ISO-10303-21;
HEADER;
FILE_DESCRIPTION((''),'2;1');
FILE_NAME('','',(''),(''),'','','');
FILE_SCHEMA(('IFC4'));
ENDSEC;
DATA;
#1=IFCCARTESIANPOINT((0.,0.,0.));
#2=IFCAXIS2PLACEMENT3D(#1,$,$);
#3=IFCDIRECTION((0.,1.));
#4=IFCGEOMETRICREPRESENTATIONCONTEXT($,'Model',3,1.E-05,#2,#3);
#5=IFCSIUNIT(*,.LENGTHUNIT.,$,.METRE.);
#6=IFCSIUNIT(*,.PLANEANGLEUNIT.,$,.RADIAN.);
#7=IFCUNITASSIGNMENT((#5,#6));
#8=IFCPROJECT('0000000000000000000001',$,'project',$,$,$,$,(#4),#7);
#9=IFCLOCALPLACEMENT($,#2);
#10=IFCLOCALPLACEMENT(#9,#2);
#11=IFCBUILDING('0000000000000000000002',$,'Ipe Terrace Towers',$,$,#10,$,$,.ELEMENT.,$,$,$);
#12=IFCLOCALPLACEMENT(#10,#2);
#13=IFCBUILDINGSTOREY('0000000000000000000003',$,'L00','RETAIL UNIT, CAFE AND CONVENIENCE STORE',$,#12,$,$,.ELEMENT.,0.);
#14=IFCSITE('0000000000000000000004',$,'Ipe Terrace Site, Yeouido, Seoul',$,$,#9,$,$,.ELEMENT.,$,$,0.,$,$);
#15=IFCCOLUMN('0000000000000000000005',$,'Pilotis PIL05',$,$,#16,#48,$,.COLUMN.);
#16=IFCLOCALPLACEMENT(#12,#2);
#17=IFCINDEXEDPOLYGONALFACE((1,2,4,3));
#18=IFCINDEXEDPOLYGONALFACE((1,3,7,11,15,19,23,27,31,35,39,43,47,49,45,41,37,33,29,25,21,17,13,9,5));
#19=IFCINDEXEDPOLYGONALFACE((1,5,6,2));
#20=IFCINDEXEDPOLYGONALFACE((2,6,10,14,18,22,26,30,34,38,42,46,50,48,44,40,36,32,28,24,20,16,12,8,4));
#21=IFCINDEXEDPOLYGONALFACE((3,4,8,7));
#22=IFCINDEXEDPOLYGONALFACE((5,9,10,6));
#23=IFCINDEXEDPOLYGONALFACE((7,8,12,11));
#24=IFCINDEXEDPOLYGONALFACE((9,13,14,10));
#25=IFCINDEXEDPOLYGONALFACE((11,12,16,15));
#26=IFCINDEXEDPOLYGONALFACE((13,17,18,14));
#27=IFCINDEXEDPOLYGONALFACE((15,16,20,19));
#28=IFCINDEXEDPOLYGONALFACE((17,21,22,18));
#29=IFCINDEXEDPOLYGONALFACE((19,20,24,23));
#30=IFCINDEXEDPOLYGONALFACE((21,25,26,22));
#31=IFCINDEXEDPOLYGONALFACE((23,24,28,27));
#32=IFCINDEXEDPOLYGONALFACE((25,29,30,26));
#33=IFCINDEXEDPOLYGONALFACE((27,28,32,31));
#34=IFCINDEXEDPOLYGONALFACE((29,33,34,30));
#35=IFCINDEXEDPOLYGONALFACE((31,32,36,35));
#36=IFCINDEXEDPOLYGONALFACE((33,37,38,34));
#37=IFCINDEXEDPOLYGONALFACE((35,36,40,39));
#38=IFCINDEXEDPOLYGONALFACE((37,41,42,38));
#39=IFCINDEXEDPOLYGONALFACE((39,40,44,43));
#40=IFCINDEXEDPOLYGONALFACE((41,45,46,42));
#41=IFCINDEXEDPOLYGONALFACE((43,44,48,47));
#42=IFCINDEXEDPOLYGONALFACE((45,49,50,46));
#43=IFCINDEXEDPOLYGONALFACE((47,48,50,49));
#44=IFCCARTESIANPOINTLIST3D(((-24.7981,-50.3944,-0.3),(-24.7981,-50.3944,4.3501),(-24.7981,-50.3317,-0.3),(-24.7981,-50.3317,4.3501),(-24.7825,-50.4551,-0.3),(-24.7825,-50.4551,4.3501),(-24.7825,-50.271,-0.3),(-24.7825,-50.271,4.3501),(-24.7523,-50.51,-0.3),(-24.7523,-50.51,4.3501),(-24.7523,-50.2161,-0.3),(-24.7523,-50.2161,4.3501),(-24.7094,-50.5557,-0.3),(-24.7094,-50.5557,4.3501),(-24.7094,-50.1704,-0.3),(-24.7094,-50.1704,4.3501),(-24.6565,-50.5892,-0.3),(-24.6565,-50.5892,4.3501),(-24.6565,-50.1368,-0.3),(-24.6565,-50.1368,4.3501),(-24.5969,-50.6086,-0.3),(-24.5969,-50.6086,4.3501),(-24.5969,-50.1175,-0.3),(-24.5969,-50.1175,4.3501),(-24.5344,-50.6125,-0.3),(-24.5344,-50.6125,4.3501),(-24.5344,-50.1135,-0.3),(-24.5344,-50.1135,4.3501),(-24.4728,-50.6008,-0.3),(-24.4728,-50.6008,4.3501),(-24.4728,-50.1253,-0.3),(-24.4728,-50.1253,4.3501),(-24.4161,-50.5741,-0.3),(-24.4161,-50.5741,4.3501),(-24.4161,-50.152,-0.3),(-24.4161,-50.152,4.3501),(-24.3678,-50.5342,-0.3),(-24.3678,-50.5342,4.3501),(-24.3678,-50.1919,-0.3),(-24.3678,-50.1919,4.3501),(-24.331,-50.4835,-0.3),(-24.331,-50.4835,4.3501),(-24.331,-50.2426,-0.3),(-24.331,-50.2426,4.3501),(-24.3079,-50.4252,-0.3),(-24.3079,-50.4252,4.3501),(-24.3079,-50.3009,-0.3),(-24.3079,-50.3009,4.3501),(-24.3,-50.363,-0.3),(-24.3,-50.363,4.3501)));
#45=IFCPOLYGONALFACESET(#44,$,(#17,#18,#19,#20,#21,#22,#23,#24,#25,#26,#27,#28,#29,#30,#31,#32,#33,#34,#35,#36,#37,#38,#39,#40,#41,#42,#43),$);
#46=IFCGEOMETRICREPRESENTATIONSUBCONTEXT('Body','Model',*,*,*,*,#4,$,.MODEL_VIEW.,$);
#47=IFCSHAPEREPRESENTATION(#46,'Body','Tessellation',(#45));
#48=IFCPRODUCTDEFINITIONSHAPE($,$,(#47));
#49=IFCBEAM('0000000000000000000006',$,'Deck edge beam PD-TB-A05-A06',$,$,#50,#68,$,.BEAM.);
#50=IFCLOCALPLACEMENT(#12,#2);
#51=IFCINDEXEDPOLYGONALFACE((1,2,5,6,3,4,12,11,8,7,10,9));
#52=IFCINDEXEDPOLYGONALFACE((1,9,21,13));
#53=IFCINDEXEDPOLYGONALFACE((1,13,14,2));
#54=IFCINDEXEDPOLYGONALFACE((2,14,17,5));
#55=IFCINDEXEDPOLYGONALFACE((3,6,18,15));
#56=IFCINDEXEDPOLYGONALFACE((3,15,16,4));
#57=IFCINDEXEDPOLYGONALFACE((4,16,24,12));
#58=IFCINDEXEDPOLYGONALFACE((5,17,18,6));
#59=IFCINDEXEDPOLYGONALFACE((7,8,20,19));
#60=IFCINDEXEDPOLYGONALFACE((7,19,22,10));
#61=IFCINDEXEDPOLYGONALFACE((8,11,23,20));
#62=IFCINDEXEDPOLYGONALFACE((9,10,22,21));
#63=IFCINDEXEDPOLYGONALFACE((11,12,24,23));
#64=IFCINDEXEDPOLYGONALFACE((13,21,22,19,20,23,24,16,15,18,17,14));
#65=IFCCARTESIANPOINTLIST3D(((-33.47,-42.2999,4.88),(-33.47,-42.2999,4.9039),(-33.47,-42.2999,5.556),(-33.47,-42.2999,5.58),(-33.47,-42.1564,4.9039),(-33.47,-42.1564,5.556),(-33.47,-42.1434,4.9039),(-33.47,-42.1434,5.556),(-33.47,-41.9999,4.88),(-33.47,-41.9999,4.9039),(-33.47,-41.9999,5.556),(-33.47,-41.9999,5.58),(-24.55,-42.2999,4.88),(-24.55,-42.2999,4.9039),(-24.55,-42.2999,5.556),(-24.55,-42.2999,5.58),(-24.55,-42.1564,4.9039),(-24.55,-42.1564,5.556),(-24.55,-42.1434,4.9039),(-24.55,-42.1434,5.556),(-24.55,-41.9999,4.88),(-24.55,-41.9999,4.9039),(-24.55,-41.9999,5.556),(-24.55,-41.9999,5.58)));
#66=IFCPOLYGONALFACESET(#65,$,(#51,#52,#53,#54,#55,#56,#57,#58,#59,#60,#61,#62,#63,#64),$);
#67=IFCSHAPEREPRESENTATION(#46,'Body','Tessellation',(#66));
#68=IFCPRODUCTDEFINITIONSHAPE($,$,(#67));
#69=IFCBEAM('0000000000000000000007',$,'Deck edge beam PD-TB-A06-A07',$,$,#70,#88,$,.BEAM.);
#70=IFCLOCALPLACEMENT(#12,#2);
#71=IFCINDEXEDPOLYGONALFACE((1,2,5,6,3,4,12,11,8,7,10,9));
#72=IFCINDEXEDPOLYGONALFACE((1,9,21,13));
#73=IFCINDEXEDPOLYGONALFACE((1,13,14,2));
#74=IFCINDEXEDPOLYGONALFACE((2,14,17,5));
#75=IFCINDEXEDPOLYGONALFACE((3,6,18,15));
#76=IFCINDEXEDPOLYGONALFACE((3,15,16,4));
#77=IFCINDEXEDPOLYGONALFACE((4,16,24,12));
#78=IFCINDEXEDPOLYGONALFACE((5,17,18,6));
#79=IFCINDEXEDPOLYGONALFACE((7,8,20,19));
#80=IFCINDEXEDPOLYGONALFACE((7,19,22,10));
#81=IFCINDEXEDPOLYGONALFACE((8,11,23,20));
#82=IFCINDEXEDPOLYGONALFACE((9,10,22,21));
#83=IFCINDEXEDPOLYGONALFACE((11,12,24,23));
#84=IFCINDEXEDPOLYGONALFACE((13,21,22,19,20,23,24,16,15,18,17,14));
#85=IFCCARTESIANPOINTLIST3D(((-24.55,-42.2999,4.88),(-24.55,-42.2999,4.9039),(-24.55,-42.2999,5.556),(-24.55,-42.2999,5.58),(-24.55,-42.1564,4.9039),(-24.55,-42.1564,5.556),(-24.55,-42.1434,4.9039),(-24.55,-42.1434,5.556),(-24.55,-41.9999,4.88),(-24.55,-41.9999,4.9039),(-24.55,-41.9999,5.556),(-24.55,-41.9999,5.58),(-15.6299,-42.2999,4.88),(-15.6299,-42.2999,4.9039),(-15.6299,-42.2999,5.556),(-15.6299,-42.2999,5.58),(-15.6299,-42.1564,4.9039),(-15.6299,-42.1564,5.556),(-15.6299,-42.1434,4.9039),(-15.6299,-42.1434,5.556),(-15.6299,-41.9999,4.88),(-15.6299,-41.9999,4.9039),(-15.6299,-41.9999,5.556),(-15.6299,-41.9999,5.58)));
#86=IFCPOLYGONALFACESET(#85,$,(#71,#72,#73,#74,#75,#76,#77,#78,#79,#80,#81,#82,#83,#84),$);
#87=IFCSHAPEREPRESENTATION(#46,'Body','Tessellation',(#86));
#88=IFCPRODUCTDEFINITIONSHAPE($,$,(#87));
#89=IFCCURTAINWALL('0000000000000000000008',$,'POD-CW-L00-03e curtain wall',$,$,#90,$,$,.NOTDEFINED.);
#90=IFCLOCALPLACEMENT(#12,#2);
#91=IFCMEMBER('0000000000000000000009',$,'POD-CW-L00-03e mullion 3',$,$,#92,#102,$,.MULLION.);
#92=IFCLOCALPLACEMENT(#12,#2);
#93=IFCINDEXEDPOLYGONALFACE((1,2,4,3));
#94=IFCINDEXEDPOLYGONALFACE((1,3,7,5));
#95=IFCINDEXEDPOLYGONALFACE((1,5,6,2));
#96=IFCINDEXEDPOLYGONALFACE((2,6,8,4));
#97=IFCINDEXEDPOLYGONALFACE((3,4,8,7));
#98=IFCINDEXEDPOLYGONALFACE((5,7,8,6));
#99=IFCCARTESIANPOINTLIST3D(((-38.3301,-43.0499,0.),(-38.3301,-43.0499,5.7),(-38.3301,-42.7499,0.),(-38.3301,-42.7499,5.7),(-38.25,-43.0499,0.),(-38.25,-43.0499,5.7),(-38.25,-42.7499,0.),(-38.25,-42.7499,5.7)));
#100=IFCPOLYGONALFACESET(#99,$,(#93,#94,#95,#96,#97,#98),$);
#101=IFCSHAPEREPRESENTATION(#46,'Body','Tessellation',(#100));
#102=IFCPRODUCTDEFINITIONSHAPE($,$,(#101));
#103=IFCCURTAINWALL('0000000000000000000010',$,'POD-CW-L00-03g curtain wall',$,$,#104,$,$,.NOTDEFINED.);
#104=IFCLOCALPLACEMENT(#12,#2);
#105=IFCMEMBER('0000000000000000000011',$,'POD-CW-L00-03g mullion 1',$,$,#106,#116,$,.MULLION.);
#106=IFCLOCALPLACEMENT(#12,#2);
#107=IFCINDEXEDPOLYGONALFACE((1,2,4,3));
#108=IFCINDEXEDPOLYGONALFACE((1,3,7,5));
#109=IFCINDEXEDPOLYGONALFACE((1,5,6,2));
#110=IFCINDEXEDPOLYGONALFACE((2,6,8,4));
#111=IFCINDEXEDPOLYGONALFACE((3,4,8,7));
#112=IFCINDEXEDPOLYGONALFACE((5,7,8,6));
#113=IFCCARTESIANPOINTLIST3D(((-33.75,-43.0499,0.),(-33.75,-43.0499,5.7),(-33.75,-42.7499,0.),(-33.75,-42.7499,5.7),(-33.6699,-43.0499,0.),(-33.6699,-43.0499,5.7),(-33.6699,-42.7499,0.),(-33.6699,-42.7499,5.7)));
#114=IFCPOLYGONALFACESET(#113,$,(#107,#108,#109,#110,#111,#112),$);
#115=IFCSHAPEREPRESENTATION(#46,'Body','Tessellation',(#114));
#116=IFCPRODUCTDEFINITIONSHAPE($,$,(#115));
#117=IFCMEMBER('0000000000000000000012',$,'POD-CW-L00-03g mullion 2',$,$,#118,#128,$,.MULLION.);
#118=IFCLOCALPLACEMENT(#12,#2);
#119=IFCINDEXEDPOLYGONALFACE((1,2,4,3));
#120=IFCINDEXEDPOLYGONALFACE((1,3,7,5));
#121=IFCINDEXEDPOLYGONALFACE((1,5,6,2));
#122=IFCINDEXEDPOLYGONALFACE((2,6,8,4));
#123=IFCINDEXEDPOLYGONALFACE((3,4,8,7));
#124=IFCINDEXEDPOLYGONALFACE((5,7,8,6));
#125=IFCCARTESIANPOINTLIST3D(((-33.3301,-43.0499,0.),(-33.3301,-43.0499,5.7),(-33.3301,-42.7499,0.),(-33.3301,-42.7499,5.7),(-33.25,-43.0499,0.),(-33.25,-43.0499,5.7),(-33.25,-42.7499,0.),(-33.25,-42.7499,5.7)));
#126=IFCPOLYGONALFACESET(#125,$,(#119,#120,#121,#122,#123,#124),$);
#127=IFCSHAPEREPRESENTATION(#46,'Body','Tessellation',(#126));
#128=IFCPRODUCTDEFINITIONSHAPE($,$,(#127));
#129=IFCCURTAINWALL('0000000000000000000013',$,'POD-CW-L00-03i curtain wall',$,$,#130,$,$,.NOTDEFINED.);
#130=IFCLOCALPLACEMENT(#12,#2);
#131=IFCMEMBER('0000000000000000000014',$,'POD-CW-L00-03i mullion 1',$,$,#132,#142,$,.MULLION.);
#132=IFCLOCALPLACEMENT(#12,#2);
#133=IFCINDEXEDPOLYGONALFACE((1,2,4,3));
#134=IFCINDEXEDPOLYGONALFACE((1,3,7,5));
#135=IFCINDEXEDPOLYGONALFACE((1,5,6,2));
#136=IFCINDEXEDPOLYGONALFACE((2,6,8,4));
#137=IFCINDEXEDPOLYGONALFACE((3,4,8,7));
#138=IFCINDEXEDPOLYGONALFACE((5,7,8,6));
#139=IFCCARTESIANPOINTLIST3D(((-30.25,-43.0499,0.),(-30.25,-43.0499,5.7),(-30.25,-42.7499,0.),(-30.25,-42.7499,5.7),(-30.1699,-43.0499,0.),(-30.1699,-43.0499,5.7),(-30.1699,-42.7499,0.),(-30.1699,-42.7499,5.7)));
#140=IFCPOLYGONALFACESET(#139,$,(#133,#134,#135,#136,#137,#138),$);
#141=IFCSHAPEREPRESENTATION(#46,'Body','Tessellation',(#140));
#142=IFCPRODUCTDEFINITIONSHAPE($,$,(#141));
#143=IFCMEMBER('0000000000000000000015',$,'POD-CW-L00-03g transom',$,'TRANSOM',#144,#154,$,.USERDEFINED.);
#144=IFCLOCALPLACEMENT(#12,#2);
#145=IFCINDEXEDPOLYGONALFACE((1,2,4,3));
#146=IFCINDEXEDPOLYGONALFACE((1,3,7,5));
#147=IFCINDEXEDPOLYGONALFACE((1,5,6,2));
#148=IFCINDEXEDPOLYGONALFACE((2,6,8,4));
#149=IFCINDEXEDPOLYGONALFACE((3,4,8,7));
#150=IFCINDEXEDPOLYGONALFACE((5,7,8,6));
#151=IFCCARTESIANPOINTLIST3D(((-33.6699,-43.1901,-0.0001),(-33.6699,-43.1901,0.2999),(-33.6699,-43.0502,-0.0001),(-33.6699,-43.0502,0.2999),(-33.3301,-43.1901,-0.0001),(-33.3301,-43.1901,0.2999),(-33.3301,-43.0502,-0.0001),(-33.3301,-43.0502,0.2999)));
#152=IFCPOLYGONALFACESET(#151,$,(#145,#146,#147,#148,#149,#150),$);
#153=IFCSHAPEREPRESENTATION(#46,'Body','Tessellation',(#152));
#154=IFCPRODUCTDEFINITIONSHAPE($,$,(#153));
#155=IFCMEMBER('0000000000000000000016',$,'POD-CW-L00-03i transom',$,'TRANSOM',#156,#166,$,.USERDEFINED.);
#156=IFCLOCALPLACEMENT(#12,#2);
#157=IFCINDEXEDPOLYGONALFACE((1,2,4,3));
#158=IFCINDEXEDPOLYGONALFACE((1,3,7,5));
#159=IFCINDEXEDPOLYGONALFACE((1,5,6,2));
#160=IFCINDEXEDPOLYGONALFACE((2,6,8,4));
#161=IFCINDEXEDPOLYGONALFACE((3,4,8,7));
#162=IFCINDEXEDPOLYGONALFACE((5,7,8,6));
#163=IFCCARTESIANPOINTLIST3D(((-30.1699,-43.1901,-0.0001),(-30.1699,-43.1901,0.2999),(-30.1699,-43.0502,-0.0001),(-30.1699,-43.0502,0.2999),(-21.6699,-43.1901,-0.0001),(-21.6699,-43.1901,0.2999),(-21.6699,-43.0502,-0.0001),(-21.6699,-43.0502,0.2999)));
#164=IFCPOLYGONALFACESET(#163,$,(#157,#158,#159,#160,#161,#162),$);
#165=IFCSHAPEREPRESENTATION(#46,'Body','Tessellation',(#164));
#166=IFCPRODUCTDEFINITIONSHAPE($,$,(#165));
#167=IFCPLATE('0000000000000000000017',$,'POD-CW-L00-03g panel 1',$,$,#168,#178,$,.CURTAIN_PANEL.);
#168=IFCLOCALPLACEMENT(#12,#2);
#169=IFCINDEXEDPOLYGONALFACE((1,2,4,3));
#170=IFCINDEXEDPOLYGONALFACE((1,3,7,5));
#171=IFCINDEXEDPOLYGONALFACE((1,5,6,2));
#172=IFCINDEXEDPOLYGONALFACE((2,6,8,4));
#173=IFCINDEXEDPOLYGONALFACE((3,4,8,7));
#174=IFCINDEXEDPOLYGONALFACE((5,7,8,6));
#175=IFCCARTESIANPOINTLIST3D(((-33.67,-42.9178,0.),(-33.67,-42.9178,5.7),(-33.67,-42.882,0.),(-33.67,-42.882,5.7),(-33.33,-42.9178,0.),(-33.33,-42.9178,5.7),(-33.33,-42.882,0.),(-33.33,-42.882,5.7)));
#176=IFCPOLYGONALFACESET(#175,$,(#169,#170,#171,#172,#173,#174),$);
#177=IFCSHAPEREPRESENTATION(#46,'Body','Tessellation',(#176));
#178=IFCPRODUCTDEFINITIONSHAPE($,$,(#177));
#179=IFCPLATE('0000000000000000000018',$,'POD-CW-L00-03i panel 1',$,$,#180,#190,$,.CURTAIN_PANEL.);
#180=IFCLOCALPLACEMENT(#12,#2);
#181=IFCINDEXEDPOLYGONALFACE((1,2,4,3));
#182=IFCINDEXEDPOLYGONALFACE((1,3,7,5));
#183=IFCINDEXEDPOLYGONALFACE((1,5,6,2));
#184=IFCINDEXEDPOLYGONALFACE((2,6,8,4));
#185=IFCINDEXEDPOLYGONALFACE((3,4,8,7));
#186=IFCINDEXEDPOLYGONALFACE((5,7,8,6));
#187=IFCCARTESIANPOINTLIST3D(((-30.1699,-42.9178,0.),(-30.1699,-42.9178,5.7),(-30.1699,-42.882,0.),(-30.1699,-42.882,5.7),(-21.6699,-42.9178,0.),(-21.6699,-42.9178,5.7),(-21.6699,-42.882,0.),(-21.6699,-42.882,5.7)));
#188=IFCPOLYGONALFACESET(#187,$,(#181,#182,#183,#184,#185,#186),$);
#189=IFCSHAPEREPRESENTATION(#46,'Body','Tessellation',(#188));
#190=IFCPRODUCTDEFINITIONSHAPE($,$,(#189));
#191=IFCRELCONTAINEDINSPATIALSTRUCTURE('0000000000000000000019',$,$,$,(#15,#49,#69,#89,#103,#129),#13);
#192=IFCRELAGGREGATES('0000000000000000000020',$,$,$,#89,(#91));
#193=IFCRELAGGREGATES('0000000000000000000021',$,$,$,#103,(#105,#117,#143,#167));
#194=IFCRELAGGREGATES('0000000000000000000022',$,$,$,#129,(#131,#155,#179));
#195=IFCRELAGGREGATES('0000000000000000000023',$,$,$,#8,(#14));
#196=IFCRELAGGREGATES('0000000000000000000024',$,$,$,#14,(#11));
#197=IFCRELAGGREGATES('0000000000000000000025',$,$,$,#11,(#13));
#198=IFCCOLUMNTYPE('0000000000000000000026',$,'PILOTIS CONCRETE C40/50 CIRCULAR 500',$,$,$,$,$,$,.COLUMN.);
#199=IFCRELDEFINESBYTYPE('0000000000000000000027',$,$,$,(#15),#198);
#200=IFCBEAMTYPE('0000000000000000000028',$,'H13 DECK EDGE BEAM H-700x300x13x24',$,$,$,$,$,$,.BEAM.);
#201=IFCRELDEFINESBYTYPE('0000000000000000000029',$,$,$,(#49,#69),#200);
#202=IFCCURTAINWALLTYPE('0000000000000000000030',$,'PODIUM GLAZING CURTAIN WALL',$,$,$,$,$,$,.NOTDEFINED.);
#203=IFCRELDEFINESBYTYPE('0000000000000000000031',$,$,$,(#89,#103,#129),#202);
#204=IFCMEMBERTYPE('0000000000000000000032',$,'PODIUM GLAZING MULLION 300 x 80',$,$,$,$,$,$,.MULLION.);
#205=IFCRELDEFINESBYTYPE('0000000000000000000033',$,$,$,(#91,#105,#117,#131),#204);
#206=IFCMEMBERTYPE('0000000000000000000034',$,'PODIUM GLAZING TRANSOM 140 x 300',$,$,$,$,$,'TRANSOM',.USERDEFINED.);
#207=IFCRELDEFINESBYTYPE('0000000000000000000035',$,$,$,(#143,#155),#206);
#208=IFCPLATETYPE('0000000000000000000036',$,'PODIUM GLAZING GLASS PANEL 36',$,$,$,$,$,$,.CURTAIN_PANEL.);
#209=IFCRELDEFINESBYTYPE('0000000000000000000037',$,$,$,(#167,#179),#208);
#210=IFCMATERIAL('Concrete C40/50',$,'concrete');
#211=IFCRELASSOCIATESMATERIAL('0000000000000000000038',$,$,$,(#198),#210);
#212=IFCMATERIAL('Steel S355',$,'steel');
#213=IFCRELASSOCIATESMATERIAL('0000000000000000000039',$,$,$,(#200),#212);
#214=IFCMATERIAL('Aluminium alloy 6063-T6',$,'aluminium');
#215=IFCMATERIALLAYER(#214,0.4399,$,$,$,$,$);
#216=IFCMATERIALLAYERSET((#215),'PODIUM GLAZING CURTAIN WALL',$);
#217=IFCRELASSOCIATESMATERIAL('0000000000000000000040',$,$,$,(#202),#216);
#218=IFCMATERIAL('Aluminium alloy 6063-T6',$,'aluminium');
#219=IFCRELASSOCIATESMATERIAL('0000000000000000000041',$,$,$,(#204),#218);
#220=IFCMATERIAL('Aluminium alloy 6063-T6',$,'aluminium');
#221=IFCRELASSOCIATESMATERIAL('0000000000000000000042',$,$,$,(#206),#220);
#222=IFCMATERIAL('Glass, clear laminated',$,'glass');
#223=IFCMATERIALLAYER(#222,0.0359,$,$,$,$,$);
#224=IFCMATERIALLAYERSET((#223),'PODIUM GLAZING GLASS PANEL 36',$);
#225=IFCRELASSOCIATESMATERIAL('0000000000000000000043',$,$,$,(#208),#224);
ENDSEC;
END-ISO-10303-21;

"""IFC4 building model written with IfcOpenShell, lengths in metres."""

from ifc_helpers import new_model, si_unit, direction, frame, origin, origin_2d, place, context, subcontext, project, spatial, rectangle, circle, i_section, extrude, material, layer, layer_set, material_profile, profile_set, type_object, element, aggregate, save


model = new_model("IFC4")

# Units and contexts
model_context = context("Model", 3, precision=1e-05, world=origin(), true_north=direction((0.0, 1.0)))
body_context = subcontext(model_context, "Body", "Model", "MODEL_VIEW")
ifc_project = project(units=[si_unit("LENGTHUNIT", "METRE"), si_unit("PLANEANGLEUNIT", "RADIAN")], contexts=[model_context])

# Site, building, storey
site_placement = place(None, origin())
site = spatial("IfcSite", under=ifc_project, at=site_placement, Name="Ipe Terrace Site, Yeouido, Seoul", CompositionType="ELEMENT", RefElevation=0.0)
building_placement = place(site_placement, origin())
building = spatial("IfcBuilding", under=site, at=building_placement, Name="Ipe Terrace Towers", CompositionType="ELEMENT")
storey_placement = place(building_placement, origin())
storey = spatial("IfcBuildingStorey", under=building, at=storey_placement, Name="L00", Description="RETAIL UNIT, CAFE AND CONVENIENCE STORE", CompositionType="ELEMENT", Elevation=0.0)

# Column
ifc_material_1 = material(Name="Concrete C40/50", Category="concrete")
ifc_material_profile_1 = material_profile(ifc_material_1, circle(Radius=0.25, at=origin_2d()), Name="PILOTIS CONCRETE C40/50 CIRCULAR 500")
ifc_profile_set_1 = profile_set([ifc_material_profile_1], Name="Concrete C40/50")
column_type_1 = type_object("IfcColumnType", Name="PILOTIS CONCRETE C40/50 CIRCULAR 500", PredefinedType="COLUMN", material=ifc_profile_set_1)
for number, where, z_axis, x_axis, name in (
    (1, (-24.55, -50.363, -0.3), (0.0, 0.0, 1.0), (1.0, 0.0, 0.0), "Pilotis PIL05"),
):
    element("IfcColumn", number, at=place(storey_placement, frame(where, z_axis=z_axis, x_axis=x_axis)), inside=storey, type_object=column_type_1, Name=name, PredefinedType="COLUMN", context=body_context, shape_type="SweptSolid", body=[
        extrude(circle(Radius=0.25, at=origin_2d()), origin(), (0.0, 0.0, 1.0), 4.6501),
    ])

# Beams
ifc_material_2 = material(Name="Steel S355", Category="steel")
ifc_material_profile_2 = material_profile(ifc_material_2, i_section(OverallWidth=0.3, OverallDepth=0.7, WebThickness=0.0129, FlangeThickness=0.0239, at=origin_2d()), Name="H-700x300x13x24")
ifc_profile_set_2 = profile_set([ifc_material_profile_2], Name="Steel S355")
beam_type = type_object("IfcBeamType", Name="H13 DECK EDGE BEAM H-700x300x13x24", PredefinedType="BEAM", material=ifc_profile_set_2)
beam_1_placement = place(storey_placement, frame((-33.47, -42.1499, 5.23), z_axis=(1.0, 0.0, 0.0), x_axis=(0.0, 1.0, 0.0)))
element("IfcBeam", 2, at=beam_1_placement, inside=storey, type_object=beam_type, Name="Deck edge beam PD-TB-A05-A06", PredefinedType="BEAM", context=body_context, shape_type="SweptSolid", body=[
    extrude(i_section(OverallWidth=0.3, OverallDepth=0.7, WebThickness=0.0129, FlangeThickness=0.0239, at=origin_2d()), origin(), (0.0, 0.0, 1.0), 8.9199),
])
beam_2_placement = place(storey_placement, frame((-24.55, -42.1499, 5.23), z_axis=(1.0, 0.0, 0.0), x_axis=(0.0, 1.0, 0.0)))
element("IfcBeam", 3, at=beam_2_placement, inside=storey, type_object=beam_type, Name="Deck edge beam PD-TB-A06-A07", PredefinedType="BEAM", context=body_context, shape_type="SweptSolid", body=[
    extrude(i_section(OverallWidth=0.3, OverallDepth=0.7, WebThickness=0.0129, FlangeThickness=0.0239, at=origin_2d()), origin(), (0.0, 0.0, 1.0), 8.9202),
])

# Curtain wall, member
ifc_material_3 = material(Name="Aluminium alloy 6063-T6", Category="aluminium")
ifc_layer_1 = layer(ifc_material_3, 0.4399)
ifc_layer_set_1 = layer_set([ifc_layer_1], Name="PODIUM GLAZING CURTAIN WALL")
curtain_wall_type = type_object("IfcCurtainWallType", Name="PODIUM GLAZING CURTAIN WALL", PredefinedType="NOTDEFINED", material=ifc_layer_set_1)
curtain_wall_1_placement = place(storey_placement, origin())
curtain_wall_1 = element("IfcCurtainWall", 4, at=curtain_wall_1_placement, inside=storey, type_object=curtain_wall_type, Name="POD-CW-L00-03e curtain wall", PredefinedType="NOTDEFINED")
ifc_material_4 = material(Name="Aluminium alloy 6063-T6", Category="aluminium")
ifc_material_profile_3 = material_profile(ifc_material_4, rectangle(XDim=0.3, YDim=0.0801, at=origin_2d()), Name="PODIUM GLAZING MULLION 300 x 80")
ifc_profile_set_3 = profile_set([ifc_material_profile_3], Name="Aluminium alloy 6063-T6")
member_type_1 = type_object("IfcMemberType", Name="PODIUM GLAZING MULLION 300 x 80", PredefinedType="MULLION", material=ifc_profile_set_3)
member_1_placement = place(storey_placement, frame((-38.29, -42.8999, 0.0), z_axis=(0.0, 0.0, 1.0), x_axis=(0.0, -1.0, 0.0)))
member_1 = element("IfcMember", 5, at=member_1_placement, type_object=member_type_1, Name="POD-CW-L00-03e mullion 3", PredefinedType="MULLION", context=body_context, shape_type="SweptSolid", body=[
    extrude(rectangle(XDim=0.3, YDim=0.0801, at=origin_2d()), origin(), (0.0, 0.0, 1.0), 5.7),
])
aggregate(curtain_wall_1, [member_1])

# Curtain wall, members
curtain_wall_2_placement = place(storey_placement, origin())
curtain_wall_2 = element("IfcCurtainWall", 6, at=curtain_wall_2_placement, inside=storey, type_object=curtain_wall_type, Name="POD-CW-L00-03g curtain wall", PredefinedType="NOTDEFINED")
member_2_placement = place(storey_placement, frame((-33.71, -42.8999, 0.0), z_axis=(0.0, 0.0, 1.0), x_axis=(0.0, -1.0, 0.0)))
member_2 = element("IfcMember", 7, at=member_2_placement, type_object=member_type_1, Name="POD-CW-L00-03g mullion 1", PredefinedType="MULLION", context=body_context, shape_type="SweptSolid", body=[
    extrude(rectangle(XDim=0.3, YDim=0.0801, at=origin_2d()), origin(), (0.0, 0.0, 1.0), 5.7),
])
member_3_placement = place(storey_placement, frame((-33.29, -42.8999, 0.0), z_axis=(0.0, 0.0, 1.0), x_axis=(0.0, -1.0, 0.0)))
member_3 = element("IfcMember", 8, at=member_3_placement, type_object=member_type_1, Name="POD-CW-L00-03g mullion 2", PredefinedType="MULLION", context=body_context, shape_type="SweptSolid", body=[
    extrude(rectangle(XDim=0.3, YDim=0.0801, at=origin_2d()), origin(), (0.0, 0.0, 1.0), 5.7),
])

# Curtain wall, member
curtain_wall_3_placement = place(storey_placement, origin())
curtain_wall_3 = element("IfcCurtainWall", 9, at=curtain_wall_3_placement, inside=storey, type_object=curtain_wall_type, Name="POD-CW-L00-03i curtain wall", PredefinedType="NOTDEFINED")
member_4_placement = place(storey_placement, frame((-30.21, -42.8999, 0.0), z_axis=(0.0, 0.0, 1.0), x_axis=(0.0, -1.0, 0.0)))
member_4 = element("IfcMember", 10, at=member_4_placement, type_object=member_type_1, Name="POD-CW-L00-03i mullion 1", PredefinedType="MULLION", context=body_context, shape_type="SweptSolid", body=[
    extrude(rectangle(XDim=0.3, YDim=0.0801, at=origin_2d()), origin(), (0.0, 0.0, 1.0), 5.7),
])

# Members
ifc_material_5 = material(Name="Aluminium alloy 6063-T6", Category="aluminium")
ifc_material_profile_4 = material_profile(ifc_material_5, rectangle(XDim=0.1399, YDim=0.3, at=origin_2d()), Name="PODIUM GLAZING TRANSOM 140 x 300")
ifc_profile_set_4 = profile_set([ifc_material_profile_4], Name="Aluminium alloy 6063-T6")
member_type_2 = type_object("IfcMemberType", Name="PODIUM GLAZING TRANSOM 140 x 300", ElementType="TRANSOM", PredefinedType="USERDEFINED", material=ifc_profile_set_4)
member_5_placement = place(storey_placement, frame((-33.6699, -43.1201, 0.1499), z_axis=(1.0, 0.0, 0.0), x_axis=(0.0, -1.0, 0.0)))
member_5 = element("IfcMember", 11, at=member_5_placement, type_object=member_type_2, Name="POD-CW-L00-03g transom", ObjectType="TRANSOM", PredefinedType="USERDEFINED", context=body_context, shape_type="SweptSolid", body=[
    extrude(rectangle(XDim=0.1399, YDim=0.3, at=origin_2d()), origin(), (0.0, 0.0, 1.0), 0.3398),
])
member_6_placement = place(storey_placement, frame((-30.1699, -43.1201, 0.1499), z_axis=(1.0, 0.0, 0.0), x_axis=(0.0, -1.0, 0.0)))
member_6 = element("IfcMember", 12, at=member_6_placement, type_object=member_type_2, Name="POD-CW-L00-03i transom", ObjectType="TRANSOM", PredefinedType="USERDEFINED", context=body_context, shape_type="SweptSolid", body=[
    extrude(rectangle(XDim=0.1399, YDim=0.3, at=origin_2d()), origin(), (0.0, 0.0, 1.0), 8.5),
])

# Plates
ifc_material_6 = material(Name="Glass, clear laminated", Category="glass")
ifc_layer_2 = layer(ifc_material_6, 0.0359)
ifc_layer_set_2 = layer_set([ifc_layer_2], Name="PODIUM GLAZING GLASS PANEL 36")
plate_type = type_object("IfcPlateType", Name="PODIUM GLAZING GLASS PANEL 36", PredefinedType="CURTAIN_PANEL", material=ifc_layer_set_2)
plate_1_placement = place(storey_placement, frame((-33.5, -42.8999, 0.0), z_axis=(0.0, 0.0, 1.0), x_axis=(1.0, 0.0, 0.0)))
plate_1 = element("IfcPlate", 13, at=plate_1_placement, type_object=plate_type, Name="POD-CW-L00-03g panel 1", PredefinedType="CURTAIN_PANEL", context=body_context, shape_type="SweptSolid", body=[
    extrude(rectangle(XDim=0.3401, YDim=0.0359, at=origin_2d()), origin(), (0.0, 0.0, 1.0), 5.7),
])
aggregate(curtain_wall_2, [member_2, member_3, member_5, plate_1])
plate_2_placement = place(storey_placement, frame((-25.9199, -42.8999, 0.0), z_axis=(0.0, 0.0, 1.0), x_axis=(1.0, 0.0, 0.0)))
plate_2 = element("IfcPlate", 14, at=plate_2_placement, type_object=plate_type, Name="POD-CW-L00-03i panel 1", PredefinedType="CURTAIN_PANEL", context=body_context, shape_type="SweptSolid", body=[
    extrude(rectangle(XDim=8.5, YDim=0.0359, at=origin_2d()), origin(), (0.0, 0.0, 1.0), 5.7),
])
aggregate(curtain_wall_3, [member_4, member_6, plate_2])

save(model, "model.ifc")
